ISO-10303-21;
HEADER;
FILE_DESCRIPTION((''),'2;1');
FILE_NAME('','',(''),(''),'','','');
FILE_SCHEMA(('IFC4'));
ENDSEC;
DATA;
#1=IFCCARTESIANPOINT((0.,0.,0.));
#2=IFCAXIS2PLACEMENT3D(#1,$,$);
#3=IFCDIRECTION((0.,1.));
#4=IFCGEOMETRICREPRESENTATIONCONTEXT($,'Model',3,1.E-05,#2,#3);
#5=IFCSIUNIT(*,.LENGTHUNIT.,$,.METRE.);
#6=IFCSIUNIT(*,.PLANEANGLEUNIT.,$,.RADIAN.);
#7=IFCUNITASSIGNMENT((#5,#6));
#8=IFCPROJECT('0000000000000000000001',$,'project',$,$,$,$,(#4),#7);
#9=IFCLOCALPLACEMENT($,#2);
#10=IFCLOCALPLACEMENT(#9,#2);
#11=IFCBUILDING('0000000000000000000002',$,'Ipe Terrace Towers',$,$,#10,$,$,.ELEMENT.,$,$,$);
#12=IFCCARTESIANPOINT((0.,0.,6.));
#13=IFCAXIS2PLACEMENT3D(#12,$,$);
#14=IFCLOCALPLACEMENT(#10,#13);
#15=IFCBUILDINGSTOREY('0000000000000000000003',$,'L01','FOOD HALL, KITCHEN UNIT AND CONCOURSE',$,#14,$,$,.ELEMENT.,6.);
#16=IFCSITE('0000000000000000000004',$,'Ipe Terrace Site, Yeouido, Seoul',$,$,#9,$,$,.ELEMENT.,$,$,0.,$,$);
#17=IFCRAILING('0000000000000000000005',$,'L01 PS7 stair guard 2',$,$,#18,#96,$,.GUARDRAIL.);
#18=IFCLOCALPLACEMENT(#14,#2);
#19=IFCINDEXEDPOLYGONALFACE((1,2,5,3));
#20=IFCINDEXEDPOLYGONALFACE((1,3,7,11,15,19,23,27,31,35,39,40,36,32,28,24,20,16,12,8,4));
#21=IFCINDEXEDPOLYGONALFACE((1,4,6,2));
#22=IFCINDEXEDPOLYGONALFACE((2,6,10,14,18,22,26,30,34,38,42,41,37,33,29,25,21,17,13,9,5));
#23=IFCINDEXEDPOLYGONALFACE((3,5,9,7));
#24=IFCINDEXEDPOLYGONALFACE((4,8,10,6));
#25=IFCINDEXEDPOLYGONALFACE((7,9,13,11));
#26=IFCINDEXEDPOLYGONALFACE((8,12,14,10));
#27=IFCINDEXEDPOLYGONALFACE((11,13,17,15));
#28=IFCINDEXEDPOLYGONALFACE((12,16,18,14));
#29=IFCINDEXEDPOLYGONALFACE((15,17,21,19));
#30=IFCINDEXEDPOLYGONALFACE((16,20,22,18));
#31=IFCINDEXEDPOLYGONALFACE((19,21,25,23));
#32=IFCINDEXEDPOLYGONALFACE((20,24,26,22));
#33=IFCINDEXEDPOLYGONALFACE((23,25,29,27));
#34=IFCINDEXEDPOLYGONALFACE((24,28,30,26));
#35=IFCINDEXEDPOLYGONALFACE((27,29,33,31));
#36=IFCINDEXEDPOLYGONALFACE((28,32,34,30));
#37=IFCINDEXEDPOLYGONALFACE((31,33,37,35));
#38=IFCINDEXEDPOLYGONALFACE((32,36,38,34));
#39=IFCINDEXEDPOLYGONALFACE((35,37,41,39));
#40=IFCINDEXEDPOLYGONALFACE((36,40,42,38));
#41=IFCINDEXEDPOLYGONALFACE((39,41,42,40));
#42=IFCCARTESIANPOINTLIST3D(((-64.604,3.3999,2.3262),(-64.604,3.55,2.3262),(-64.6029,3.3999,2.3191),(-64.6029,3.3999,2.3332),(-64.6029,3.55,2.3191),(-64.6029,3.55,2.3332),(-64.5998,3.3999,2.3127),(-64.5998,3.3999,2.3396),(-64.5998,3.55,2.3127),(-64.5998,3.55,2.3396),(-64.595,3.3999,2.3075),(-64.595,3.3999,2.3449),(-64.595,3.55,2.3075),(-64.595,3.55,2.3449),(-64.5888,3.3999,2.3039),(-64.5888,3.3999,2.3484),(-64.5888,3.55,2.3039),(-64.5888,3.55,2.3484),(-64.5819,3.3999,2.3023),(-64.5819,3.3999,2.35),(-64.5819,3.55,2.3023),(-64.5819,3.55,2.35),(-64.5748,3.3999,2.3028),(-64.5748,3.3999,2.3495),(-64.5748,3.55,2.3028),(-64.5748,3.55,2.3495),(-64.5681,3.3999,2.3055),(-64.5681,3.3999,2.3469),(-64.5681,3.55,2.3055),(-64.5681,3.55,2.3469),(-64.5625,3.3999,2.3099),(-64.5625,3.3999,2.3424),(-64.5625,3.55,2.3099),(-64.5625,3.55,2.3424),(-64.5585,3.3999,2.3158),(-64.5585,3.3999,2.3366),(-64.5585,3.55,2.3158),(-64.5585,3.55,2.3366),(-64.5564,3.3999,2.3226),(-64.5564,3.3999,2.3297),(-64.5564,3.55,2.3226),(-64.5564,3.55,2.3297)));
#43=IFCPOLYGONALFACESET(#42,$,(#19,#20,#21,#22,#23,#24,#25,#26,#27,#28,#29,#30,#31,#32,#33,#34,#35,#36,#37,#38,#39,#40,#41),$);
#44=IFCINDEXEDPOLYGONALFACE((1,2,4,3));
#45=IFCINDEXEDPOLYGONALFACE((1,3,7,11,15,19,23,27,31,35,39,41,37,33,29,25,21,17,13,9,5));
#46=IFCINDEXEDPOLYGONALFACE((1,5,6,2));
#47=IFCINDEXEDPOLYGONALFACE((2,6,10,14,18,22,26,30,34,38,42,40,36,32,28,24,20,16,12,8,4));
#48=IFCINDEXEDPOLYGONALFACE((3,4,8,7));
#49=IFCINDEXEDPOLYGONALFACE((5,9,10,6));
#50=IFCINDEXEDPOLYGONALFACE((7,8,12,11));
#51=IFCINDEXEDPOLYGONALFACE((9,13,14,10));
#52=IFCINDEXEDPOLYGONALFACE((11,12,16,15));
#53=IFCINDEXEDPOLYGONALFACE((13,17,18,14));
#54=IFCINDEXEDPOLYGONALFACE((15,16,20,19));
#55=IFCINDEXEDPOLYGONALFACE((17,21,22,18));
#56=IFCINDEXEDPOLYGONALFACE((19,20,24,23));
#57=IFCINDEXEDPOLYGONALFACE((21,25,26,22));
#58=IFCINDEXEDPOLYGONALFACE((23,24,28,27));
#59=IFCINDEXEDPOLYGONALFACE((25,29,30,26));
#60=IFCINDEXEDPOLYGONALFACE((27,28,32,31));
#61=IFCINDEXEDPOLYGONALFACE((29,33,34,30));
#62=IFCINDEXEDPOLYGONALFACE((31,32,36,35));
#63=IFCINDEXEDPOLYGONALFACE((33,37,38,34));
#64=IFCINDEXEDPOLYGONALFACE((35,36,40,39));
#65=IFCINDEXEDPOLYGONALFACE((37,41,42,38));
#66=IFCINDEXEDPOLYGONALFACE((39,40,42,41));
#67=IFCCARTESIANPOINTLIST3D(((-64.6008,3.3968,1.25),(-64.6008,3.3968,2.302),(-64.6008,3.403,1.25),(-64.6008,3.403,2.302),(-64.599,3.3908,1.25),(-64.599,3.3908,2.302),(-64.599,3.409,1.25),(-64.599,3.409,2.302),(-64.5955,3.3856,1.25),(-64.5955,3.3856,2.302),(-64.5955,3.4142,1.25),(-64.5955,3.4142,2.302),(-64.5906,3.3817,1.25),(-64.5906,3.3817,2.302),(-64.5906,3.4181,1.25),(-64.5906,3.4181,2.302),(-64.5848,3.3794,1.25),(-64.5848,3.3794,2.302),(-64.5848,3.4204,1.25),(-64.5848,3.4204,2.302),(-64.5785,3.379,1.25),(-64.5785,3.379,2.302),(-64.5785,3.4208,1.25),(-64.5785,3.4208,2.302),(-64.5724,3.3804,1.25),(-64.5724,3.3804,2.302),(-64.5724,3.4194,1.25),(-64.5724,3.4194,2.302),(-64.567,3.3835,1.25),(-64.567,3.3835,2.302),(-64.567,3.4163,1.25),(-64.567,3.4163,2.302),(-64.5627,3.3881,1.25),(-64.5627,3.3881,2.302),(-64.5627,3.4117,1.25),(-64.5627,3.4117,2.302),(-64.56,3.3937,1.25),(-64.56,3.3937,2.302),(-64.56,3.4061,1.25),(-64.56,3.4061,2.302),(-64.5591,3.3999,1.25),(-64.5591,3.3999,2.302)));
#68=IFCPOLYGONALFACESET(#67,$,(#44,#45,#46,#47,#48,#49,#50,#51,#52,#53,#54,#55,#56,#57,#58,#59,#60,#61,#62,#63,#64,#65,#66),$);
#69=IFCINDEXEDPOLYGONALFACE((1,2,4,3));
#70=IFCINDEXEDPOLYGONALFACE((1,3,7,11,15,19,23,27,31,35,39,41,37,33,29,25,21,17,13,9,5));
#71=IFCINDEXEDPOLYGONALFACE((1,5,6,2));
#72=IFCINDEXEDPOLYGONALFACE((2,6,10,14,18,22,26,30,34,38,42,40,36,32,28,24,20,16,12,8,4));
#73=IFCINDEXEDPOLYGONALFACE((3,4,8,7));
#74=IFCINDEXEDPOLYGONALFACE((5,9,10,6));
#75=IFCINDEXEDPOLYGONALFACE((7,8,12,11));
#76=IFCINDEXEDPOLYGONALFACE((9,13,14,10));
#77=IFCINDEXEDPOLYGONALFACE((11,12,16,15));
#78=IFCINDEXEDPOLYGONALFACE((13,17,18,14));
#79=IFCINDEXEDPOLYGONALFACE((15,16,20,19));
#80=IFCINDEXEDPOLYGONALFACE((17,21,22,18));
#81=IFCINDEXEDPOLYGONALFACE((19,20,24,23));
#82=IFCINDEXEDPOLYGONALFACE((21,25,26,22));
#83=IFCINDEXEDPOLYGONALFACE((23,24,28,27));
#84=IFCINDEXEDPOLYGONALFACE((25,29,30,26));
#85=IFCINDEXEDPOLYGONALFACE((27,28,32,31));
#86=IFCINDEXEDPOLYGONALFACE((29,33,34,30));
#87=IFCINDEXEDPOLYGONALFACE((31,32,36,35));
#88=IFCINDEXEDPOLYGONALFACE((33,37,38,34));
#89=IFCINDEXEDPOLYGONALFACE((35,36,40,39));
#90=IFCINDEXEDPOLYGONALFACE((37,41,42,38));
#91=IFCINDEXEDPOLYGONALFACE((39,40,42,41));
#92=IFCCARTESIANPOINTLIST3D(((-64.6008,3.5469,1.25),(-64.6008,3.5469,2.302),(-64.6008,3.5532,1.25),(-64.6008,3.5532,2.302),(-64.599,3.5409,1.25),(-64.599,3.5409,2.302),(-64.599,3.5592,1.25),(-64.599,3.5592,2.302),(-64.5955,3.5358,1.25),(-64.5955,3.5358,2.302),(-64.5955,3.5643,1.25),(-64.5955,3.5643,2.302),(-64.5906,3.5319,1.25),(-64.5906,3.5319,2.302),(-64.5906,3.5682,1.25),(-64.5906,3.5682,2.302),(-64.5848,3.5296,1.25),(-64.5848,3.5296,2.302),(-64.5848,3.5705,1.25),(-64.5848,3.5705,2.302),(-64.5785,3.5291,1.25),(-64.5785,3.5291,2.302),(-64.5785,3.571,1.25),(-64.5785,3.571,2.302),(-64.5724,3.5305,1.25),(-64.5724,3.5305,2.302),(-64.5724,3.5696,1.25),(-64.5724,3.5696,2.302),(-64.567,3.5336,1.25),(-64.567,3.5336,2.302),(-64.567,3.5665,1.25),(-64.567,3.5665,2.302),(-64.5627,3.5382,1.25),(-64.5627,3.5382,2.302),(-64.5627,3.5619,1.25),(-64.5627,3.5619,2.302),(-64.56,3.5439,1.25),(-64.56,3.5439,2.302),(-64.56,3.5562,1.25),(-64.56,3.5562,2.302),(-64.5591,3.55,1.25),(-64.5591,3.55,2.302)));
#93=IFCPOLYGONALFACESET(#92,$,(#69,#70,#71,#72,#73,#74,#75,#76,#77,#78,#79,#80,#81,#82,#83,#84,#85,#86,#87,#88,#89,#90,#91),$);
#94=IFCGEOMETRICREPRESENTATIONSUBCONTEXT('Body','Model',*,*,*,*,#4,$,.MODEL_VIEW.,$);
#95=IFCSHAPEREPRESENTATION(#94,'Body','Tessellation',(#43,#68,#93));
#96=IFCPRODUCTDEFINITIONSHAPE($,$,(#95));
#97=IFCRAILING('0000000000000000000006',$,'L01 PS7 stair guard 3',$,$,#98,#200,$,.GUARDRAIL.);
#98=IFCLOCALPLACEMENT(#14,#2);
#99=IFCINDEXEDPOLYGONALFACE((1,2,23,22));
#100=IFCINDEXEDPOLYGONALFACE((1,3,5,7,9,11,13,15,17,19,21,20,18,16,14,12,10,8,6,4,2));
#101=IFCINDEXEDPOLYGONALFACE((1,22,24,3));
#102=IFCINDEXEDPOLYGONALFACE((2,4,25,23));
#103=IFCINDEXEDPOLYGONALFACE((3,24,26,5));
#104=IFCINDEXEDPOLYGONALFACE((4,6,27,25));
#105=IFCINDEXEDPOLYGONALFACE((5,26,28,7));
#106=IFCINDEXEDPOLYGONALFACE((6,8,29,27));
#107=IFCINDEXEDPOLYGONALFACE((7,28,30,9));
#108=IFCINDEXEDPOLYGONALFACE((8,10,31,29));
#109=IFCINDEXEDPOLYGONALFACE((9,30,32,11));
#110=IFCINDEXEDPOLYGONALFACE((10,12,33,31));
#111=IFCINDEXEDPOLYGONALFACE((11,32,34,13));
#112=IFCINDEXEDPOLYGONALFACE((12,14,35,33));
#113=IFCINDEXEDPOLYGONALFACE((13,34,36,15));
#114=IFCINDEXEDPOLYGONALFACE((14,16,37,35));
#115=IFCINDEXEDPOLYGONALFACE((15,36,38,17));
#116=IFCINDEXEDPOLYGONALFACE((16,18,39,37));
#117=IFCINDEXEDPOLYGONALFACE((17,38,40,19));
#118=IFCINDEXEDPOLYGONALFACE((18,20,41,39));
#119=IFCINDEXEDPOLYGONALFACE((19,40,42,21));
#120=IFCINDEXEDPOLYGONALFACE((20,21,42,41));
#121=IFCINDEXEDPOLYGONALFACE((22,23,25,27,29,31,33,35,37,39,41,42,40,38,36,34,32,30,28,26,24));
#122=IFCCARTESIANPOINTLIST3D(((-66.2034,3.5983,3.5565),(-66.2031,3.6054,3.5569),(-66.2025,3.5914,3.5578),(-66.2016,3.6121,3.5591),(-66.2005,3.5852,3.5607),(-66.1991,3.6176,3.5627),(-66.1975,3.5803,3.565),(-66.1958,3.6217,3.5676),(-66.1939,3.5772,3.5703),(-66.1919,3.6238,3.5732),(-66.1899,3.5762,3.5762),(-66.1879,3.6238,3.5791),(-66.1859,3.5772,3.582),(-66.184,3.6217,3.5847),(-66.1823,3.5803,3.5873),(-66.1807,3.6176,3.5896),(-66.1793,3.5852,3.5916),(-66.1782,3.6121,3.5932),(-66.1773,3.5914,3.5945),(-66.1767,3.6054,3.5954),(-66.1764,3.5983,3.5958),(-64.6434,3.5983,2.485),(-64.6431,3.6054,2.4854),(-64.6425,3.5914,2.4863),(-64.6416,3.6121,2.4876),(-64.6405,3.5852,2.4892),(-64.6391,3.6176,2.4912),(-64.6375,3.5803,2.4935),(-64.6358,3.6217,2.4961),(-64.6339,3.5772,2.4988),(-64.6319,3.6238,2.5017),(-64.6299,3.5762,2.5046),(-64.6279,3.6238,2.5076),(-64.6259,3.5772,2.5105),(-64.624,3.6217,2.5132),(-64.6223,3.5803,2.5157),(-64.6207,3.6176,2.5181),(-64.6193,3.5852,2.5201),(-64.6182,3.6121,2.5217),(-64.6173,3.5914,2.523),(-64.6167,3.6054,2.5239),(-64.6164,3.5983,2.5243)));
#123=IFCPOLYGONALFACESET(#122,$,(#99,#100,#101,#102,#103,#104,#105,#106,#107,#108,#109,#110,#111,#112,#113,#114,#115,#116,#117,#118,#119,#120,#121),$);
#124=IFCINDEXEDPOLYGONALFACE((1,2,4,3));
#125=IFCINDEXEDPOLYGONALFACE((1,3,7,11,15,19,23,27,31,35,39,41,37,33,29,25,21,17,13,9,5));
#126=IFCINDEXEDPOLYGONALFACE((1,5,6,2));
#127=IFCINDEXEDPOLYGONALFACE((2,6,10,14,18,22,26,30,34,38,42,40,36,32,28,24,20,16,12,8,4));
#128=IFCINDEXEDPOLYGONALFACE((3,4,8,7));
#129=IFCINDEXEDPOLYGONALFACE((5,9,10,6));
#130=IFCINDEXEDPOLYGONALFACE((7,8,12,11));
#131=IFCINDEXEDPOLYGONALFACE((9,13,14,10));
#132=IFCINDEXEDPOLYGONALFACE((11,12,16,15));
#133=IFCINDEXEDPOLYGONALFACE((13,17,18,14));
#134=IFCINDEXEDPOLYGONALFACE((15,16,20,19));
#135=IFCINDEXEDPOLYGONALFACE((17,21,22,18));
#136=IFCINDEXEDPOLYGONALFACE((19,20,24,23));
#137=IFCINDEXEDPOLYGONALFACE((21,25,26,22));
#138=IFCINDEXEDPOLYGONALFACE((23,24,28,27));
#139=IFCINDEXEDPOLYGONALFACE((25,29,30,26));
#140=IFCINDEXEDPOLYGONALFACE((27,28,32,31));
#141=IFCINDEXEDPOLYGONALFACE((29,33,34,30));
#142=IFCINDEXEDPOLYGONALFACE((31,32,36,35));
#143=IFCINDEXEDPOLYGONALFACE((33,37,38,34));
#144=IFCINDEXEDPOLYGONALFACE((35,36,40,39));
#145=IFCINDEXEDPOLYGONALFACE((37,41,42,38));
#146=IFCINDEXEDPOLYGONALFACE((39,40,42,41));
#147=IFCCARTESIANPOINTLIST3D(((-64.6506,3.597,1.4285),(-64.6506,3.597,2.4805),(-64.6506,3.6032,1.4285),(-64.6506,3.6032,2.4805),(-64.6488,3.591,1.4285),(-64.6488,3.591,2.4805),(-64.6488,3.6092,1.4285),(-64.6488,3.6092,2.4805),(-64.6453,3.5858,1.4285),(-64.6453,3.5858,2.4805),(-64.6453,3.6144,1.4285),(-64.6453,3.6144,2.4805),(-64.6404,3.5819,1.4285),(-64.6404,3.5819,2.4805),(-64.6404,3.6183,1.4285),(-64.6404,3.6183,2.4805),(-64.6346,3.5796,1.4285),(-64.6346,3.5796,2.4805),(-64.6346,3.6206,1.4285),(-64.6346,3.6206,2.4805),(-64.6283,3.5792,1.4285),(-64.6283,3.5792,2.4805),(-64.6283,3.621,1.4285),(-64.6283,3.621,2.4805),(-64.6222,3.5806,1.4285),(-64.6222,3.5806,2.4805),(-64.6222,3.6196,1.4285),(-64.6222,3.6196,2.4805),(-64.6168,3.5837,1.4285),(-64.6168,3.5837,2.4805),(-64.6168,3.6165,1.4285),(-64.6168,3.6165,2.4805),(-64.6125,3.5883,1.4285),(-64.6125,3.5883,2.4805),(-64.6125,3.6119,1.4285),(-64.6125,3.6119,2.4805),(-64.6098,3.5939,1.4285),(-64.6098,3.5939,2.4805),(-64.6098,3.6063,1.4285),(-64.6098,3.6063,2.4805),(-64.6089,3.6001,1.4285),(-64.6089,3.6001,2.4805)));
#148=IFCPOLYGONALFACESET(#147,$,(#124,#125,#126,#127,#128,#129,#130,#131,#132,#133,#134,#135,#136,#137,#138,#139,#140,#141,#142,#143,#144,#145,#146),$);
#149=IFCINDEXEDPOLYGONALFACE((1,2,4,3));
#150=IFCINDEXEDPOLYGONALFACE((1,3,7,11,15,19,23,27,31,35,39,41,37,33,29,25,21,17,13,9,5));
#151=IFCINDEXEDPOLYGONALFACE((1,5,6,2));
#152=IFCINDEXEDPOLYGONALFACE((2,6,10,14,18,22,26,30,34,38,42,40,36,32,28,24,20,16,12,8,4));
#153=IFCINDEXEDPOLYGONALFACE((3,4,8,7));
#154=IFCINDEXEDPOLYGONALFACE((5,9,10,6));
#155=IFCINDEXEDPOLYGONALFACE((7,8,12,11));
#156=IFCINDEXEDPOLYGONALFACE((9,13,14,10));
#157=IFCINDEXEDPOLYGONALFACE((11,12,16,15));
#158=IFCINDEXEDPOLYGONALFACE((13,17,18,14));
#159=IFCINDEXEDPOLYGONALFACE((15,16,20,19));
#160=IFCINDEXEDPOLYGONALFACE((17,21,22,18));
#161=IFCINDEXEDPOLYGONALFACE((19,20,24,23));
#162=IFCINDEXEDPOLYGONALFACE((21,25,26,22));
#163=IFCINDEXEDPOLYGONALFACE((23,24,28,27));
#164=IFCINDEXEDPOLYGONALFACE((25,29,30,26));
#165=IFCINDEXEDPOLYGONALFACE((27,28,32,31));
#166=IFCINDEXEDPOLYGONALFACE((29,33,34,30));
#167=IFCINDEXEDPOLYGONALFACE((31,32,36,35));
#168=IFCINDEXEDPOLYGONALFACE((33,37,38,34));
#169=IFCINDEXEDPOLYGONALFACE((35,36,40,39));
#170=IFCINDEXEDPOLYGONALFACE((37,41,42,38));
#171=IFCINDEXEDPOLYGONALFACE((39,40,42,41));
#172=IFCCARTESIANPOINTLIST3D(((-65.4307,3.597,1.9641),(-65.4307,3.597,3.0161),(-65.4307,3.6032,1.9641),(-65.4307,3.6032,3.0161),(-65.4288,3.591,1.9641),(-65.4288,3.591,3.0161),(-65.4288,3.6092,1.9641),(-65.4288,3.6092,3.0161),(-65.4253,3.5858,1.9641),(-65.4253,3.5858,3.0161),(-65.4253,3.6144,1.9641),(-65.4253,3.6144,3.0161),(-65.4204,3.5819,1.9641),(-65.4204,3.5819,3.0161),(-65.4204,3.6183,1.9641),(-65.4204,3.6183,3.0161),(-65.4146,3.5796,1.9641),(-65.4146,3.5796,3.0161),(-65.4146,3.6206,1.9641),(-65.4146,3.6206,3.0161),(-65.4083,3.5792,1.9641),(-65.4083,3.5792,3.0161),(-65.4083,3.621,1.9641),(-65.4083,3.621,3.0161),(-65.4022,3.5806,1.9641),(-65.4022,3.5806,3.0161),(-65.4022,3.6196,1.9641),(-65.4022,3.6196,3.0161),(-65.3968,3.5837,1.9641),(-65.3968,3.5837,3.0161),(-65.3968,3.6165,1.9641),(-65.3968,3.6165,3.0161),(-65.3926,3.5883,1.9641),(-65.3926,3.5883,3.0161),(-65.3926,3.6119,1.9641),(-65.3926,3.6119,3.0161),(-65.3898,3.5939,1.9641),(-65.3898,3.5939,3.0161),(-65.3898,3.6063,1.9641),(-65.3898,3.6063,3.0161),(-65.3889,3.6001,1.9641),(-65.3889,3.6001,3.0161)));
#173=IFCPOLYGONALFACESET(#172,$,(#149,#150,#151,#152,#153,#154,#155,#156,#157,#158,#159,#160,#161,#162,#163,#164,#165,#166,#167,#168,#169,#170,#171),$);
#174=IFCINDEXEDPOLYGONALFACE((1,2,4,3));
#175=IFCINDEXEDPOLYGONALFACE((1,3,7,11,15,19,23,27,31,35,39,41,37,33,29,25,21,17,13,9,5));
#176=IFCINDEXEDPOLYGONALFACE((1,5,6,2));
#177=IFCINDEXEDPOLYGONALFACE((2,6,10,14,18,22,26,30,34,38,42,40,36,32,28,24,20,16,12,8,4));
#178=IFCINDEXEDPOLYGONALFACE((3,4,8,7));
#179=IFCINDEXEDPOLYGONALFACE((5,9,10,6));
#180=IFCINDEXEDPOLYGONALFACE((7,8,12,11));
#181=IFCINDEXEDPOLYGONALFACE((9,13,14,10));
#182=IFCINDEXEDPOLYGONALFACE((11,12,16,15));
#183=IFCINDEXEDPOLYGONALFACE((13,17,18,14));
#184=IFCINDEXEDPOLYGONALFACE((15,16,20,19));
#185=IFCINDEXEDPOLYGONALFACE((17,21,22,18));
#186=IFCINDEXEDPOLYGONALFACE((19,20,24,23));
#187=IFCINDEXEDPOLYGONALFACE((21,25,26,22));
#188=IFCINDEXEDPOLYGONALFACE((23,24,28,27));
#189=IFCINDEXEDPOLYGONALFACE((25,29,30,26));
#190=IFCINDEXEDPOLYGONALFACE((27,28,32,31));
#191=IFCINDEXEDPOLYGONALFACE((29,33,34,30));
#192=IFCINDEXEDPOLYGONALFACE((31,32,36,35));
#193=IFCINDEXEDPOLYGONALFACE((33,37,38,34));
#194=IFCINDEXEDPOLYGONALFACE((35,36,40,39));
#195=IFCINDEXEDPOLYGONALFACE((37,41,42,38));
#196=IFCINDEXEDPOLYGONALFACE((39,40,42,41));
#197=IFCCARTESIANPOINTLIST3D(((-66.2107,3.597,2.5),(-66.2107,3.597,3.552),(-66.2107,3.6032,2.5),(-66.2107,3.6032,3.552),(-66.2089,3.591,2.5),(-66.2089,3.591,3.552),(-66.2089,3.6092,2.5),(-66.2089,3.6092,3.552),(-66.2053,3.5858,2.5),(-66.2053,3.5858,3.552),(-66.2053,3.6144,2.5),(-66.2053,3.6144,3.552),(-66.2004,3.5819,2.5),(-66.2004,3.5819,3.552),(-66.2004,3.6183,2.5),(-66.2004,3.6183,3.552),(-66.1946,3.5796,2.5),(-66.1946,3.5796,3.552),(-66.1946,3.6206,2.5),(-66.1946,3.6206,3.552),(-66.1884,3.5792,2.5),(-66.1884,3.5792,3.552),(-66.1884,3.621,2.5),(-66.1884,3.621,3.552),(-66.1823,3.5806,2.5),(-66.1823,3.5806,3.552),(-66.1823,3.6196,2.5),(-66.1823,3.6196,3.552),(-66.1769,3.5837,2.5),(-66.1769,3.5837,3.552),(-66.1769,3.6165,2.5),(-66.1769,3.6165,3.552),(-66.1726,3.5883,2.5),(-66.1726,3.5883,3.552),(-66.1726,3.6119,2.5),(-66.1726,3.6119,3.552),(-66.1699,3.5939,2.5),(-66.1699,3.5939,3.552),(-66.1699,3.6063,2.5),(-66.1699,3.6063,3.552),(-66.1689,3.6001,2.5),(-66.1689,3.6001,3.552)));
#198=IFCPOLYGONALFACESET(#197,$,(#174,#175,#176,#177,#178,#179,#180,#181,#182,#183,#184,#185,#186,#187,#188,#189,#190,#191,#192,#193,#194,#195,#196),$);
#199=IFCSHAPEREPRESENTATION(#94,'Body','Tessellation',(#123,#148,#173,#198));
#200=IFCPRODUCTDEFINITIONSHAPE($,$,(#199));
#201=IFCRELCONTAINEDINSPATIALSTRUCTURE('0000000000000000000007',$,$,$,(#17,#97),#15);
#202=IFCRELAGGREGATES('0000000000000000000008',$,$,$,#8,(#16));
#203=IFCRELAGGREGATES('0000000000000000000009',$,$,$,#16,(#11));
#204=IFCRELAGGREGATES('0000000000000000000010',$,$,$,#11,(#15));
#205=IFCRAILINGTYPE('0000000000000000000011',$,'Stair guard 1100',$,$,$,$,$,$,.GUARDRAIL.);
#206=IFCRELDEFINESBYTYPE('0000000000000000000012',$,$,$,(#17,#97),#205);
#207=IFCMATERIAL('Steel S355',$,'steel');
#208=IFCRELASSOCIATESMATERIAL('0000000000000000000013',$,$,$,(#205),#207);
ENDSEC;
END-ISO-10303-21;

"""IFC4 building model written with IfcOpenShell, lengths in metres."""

from ifc_helpers import new_model, si_unit, direction, frame, origin, origin_2d, place, context, subcontext, project, spatial, circle, extrude, material, type_object, element, save


model = new_model("IFC4")

# Units and contexts
model_context = context("Model", 3, precision=1e-05, world=origin(), true_north=direction((0.0, 1.0)))
body_context = subcontext(model_context, "Body", "Model", "MODEL_VIEW")
ifc_project = project(units=[si_unit("LENGTHUNIT", "METRE"), si_unit("PLANEANGLEUNIT", "RADIAN")], contexts=[model_context])

# Site, building, storey
site_placement = place(None, origin())
site = spatial("IfcSite", under=ifc_project, at=site_placement, Name="Ipe Terrace Site, Yeouido, Seoul", CompositionType="ELEMENT", RefElevation=0.0)
building_placement = place(site_placement, origin())
building = spatial("IfcBuilding", under=site, at=building_placement, Name="Ipe Terrace Towers", CompositionType="ELEMENT")
storey_placement = place(building_placement, frame((0.0, 0.0, 6.0)))
storey = spatial("IfcBuildingStorey", under=building, at=storey_placement, Name="L01", Description="FOOD HALL, KITCHEN UNIT AND CONCOURSE", CompositionType="ELEMENT", Elevation=6.0)

# Railings
ifc_material_1 = material(Name="Steel S355", Category="steel")
railing_type_1 = type_object("IfcRailingType", Name="Stair guard 1100", PredefinedType="GUARDRAIL", material=ifc_material_1)
railing_1_placement = place(storey_placement, frame((-64.5801, 3.3999, 1.25)))
element("IfcRailing", 1, at=railing_1_placement, inside=storey, type_object=railing_type_1, Name="L01 PS7 stair guard 2", PredefinedType="GUARDRAIL", context=body_context, shape_type="SweptSolid", body=[
    extrude(circle(Radius=0.0239, at=origin_2d()), frame((0.0, 0.0, 1.0762), z_axis=(0.0, 1.0, 0.0), x_axis=(-1.0, 0.0, 0.0)), (0.0, 0.0, 1.0), 0.1501),
    extrude(circle(Radius=0.021, at=origin_2d()), origin(), (0.0, 0.0, 1.0), 1.052),
    extrude(circle(Radius=0.021, at=origin_2d()), frame((0.0, 0.1501, 0.0)), (0.0, 0.0, 1.0), 1.052),
])
railing_2_placement = place(storey_placement, frame((-64.6299, 3.6001, 1.4285)))
element("IfcRailing", 2, at=railing_2_placement, inside=storey, type_object=railing_type_1, Name="L01 PS7 stair guard 3", PredefinedType="GUARDRAIL", context=body_context, shape_type="SweptSolid", body=[
    extrude(circle(Radius=0.0239, at=origin_2d()), frame((0.0, 0.0, 1.0762), z_axis=(-0.82429, 0.0, 0.566167), x_axis=(0.0, -1.0, 0.0)), (0.0, 0.0, 1.0), 1.8926),
    extrude(circle(Radius=0.021, at=origin_2d()), origin(), (0.0, 0.0, 1.0), 1.052),
    extrude(circle(Radius=0.021, at=origin_2d()), frame((-0.78, 0.0, 0.5356)), (0.0, 0.0, 1.0), 1.052),
    extrude(circle(Radius=0.021, at=origin_2d()), frame((-1.5601, 0.0, 1.0715)), (0.0, 0.0, 1.0), 1.052),
])

save(model, "model.ifc")
